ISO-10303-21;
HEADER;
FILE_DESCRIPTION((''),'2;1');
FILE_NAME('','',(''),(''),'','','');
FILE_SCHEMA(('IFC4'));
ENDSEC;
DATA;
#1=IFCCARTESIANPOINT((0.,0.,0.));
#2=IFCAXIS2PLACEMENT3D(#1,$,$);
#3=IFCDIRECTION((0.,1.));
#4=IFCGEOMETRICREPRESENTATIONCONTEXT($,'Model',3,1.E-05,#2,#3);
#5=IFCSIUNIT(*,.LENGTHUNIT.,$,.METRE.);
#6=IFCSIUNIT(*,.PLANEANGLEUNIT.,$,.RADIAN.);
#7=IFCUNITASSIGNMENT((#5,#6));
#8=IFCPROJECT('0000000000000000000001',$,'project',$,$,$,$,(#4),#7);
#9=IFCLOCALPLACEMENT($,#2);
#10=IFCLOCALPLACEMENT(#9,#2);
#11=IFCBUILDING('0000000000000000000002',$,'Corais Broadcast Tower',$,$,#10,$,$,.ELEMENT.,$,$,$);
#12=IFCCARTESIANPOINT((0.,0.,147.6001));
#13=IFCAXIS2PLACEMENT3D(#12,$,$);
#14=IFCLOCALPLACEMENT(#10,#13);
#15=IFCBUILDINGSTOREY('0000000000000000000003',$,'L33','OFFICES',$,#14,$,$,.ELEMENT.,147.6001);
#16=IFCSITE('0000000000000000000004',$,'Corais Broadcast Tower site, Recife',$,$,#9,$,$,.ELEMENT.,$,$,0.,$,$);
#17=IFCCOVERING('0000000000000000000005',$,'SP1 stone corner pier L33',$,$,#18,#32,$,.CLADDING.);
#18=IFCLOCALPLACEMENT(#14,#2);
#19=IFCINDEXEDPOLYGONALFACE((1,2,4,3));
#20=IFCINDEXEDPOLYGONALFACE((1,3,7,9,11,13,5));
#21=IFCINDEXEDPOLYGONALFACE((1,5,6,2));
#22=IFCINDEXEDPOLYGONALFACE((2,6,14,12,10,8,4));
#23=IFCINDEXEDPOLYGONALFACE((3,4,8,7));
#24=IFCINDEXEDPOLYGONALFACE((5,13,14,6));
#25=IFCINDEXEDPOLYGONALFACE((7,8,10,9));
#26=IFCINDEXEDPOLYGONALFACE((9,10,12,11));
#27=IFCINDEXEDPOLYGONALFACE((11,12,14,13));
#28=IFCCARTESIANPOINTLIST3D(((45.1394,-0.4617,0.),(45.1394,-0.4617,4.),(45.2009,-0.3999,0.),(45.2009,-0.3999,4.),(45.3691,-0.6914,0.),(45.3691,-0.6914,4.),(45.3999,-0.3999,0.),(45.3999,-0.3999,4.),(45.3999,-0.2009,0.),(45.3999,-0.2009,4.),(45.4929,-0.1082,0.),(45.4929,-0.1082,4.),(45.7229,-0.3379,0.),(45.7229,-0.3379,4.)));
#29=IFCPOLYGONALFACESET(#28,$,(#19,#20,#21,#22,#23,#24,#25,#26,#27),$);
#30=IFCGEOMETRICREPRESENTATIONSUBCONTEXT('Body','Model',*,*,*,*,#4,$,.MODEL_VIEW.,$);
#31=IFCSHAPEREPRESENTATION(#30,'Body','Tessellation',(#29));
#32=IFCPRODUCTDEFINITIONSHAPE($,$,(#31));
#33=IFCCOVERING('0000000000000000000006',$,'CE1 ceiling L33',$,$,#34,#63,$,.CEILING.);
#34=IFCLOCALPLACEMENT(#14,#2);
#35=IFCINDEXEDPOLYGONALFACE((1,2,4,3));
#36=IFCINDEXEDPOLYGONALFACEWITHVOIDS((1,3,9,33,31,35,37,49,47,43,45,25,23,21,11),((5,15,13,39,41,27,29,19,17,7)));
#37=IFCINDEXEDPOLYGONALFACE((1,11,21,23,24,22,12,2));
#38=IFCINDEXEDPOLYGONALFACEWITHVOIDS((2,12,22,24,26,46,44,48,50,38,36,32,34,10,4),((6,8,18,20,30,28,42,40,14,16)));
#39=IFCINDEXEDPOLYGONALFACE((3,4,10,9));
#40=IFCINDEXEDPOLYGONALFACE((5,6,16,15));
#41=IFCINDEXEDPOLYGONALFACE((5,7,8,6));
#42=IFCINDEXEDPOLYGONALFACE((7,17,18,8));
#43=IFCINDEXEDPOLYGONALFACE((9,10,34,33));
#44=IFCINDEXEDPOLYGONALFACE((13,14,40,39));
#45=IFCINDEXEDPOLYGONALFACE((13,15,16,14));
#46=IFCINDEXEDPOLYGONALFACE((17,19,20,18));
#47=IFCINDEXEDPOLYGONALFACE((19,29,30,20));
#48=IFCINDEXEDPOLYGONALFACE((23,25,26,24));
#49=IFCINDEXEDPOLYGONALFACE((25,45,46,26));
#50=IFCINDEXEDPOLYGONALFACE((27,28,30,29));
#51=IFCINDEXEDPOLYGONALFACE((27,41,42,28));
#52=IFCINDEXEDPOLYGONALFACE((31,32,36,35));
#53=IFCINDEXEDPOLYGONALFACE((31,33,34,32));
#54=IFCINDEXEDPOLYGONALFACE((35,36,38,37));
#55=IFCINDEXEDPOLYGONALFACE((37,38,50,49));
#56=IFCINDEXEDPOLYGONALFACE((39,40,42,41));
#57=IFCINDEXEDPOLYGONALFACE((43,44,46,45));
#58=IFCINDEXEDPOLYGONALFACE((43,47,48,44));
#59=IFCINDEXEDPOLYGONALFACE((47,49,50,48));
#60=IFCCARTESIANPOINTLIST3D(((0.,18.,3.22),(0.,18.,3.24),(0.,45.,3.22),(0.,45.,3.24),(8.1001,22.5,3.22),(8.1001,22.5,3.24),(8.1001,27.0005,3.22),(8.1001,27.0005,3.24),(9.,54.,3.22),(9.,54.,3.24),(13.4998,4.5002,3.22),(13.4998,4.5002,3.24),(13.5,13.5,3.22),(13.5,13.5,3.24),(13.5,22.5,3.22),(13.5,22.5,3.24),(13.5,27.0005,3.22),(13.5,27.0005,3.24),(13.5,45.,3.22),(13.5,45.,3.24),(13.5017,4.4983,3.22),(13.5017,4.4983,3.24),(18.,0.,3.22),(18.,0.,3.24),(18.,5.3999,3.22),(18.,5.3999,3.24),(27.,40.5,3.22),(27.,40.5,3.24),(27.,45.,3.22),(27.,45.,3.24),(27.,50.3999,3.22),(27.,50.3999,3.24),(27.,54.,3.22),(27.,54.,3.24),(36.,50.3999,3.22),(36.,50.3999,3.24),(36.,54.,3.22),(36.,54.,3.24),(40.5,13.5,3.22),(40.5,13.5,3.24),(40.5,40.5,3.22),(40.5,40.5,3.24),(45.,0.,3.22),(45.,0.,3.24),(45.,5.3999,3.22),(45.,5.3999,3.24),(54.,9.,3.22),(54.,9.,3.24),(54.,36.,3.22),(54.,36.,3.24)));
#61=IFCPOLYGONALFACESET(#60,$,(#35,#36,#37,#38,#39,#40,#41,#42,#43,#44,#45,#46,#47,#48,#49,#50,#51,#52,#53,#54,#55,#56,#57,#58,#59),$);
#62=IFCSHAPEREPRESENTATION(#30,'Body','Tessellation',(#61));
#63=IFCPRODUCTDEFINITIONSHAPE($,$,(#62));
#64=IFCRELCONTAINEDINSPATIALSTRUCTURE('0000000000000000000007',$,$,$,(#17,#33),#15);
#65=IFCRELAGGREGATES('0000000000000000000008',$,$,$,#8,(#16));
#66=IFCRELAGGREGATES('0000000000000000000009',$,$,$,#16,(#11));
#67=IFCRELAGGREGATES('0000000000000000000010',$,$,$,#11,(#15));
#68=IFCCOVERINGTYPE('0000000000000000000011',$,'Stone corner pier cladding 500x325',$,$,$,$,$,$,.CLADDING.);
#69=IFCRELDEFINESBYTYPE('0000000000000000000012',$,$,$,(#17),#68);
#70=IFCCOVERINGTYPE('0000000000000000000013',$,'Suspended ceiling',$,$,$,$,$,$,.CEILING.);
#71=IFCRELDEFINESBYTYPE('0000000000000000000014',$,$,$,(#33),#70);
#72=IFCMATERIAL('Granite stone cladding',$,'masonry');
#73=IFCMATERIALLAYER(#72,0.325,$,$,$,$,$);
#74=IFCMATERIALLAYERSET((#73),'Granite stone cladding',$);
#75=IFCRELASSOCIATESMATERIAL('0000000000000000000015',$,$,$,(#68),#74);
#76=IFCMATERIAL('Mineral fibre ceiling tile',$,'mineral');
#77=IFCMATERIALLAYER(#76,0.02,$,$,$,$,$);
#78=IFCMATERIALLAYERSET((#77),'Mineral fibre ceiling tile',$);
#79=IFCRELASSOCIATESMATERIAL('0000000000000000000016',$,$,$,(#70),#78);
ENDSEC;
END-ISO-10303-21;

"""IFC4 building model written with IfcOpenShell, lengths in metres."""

from ifc_helpers import new_model, si_unit, direction, frame, origin, place, context, subcontext, project, spatial, polyline, outline, extrude, material, layer, layer_set, type_object, element, save


model = new_model("IFC4")

# Units and contexts
model_context = context("Model", 3, precision=1e-05, world=origin(), true_north=direction((0.0, 1.0)))
body_context = subcontext(model_context, "Body", "Model", "MODEL_VIEW")
ifc_project = project(units=[si_unit("LENGTHUNIT", "METRE"), si_unit("PLANEANGLEUNIT", "RADIAN")], contexts=[model_context])

# Site, building, storey
site_placement = place(None, origin())
site = spatial("IfcSite", under=ifc_project, at=site_placement, Name="Corais Broadcast Tower site, Recife", CompositionType="ELEMENT", RefElevation=0.0)
building_placement = place(site_placement, origin())
building = spatial("IfcBuilding", under=site, at=building_placement, Name="Corais Broadcast Tower", CompositionType="ELEMENT")
storey_placement = place(building_placement, frame((0.0, 0.0, 147.6001)))
storey = spatial("IfcBuildingStorey", under=building, at=storey_placement, Name="L33", Description="OFFICES", CompositionType="ELEMENT", Elevation=147.6001)

# Coverings
ifc_material_1 = material(Name="Granite stone cladding", Category="masonry")
ifc_layer_1 = layer(ifc_material_1, 0.325)
ifc_layer_set_1 = layer_set([ifc_layer_1], Name="Granite stone cladding")
covering_type_1 = type_object("IfcCoveringType", Name="Stone corner pier cladding 500x325", PredefinedType="CLADDING", material=ifc_layer_set_1)
covering_1_placement = place(storey_placement, origin())
element("IfcCovering", 1, at=covering_1_placement, inside=storey, type_object=covering_type_1, Name="SP1 stone corner pier L33", PredefinedType="CLADDING", context=body_context, shape_type="SweptSolid", body=[
    extrude(outline(polyline([(45.2009, -0.3999), (45.1394, -0.4617), (45.3691, -0.6914), (45.7229, -0.3379), (45.4929, -0.1082), (45.3999, -0.2009), (45.3999, -0.3999), (45.2009, -0.3999)])), origin(), (0.0, 0.0, 1.0), 4.0),
])
ifc_material_2 = material(Name="Mineral fibre ceiling tile", Category="mineral")
ifc_layer_2 = layer(ifc_material_2, 0.02)
ifc_layer_set_2 = layer_set([ifc_layer_2], Name="Mineral fibre ceiling tile")
covering_type_2 = type_object("IfcCoveringType", Name="Suspended ceiling", PredefinedType="CEILING", material=ifc_layer_set_2)
covering_2_placement = place(storey_placement, frame((0.0, 0.0, 3.22)))
element("IfcCovering", 2, at=covering_2_placement, inside=storey, type_object=covering_type_2, Name="CE1 ceiling L33", PredefinedType="CEILING", context=body_context, shape_type="SweptSolid", body=[
    extrude(outline(polyline([(18.0, 0.0), (13.5017, 4.4983), (13.4998, 4.5002), (0.0, 18.0), (0.0, 45.0), (9.0, 54.0), (27.0, 54.0), (27.0, 50.3999), (36.0, 50.3999), (36.0, 54.0), (54.0, 36.0), (54.0, 9.0), (45.0, 0.0), (45.0, 5.3999), (18.0, 5.3999), (18.0, 0.0)]), holes=[polyline([(13.5, 13.5), (40.5, 13.5), (40.5, 40.5), (27.0, 40.5), (27.0, 45.0), (13.5, 45.0), (13.5, 27.0005), (8.1001, 27.0005), (8.1001, 22.5), (13.5, 22.5), (13.5, 13.5)])]), origin(), (0.0, 0.0, 1.0), 0.02),
])

save(model, "model.ifc")
